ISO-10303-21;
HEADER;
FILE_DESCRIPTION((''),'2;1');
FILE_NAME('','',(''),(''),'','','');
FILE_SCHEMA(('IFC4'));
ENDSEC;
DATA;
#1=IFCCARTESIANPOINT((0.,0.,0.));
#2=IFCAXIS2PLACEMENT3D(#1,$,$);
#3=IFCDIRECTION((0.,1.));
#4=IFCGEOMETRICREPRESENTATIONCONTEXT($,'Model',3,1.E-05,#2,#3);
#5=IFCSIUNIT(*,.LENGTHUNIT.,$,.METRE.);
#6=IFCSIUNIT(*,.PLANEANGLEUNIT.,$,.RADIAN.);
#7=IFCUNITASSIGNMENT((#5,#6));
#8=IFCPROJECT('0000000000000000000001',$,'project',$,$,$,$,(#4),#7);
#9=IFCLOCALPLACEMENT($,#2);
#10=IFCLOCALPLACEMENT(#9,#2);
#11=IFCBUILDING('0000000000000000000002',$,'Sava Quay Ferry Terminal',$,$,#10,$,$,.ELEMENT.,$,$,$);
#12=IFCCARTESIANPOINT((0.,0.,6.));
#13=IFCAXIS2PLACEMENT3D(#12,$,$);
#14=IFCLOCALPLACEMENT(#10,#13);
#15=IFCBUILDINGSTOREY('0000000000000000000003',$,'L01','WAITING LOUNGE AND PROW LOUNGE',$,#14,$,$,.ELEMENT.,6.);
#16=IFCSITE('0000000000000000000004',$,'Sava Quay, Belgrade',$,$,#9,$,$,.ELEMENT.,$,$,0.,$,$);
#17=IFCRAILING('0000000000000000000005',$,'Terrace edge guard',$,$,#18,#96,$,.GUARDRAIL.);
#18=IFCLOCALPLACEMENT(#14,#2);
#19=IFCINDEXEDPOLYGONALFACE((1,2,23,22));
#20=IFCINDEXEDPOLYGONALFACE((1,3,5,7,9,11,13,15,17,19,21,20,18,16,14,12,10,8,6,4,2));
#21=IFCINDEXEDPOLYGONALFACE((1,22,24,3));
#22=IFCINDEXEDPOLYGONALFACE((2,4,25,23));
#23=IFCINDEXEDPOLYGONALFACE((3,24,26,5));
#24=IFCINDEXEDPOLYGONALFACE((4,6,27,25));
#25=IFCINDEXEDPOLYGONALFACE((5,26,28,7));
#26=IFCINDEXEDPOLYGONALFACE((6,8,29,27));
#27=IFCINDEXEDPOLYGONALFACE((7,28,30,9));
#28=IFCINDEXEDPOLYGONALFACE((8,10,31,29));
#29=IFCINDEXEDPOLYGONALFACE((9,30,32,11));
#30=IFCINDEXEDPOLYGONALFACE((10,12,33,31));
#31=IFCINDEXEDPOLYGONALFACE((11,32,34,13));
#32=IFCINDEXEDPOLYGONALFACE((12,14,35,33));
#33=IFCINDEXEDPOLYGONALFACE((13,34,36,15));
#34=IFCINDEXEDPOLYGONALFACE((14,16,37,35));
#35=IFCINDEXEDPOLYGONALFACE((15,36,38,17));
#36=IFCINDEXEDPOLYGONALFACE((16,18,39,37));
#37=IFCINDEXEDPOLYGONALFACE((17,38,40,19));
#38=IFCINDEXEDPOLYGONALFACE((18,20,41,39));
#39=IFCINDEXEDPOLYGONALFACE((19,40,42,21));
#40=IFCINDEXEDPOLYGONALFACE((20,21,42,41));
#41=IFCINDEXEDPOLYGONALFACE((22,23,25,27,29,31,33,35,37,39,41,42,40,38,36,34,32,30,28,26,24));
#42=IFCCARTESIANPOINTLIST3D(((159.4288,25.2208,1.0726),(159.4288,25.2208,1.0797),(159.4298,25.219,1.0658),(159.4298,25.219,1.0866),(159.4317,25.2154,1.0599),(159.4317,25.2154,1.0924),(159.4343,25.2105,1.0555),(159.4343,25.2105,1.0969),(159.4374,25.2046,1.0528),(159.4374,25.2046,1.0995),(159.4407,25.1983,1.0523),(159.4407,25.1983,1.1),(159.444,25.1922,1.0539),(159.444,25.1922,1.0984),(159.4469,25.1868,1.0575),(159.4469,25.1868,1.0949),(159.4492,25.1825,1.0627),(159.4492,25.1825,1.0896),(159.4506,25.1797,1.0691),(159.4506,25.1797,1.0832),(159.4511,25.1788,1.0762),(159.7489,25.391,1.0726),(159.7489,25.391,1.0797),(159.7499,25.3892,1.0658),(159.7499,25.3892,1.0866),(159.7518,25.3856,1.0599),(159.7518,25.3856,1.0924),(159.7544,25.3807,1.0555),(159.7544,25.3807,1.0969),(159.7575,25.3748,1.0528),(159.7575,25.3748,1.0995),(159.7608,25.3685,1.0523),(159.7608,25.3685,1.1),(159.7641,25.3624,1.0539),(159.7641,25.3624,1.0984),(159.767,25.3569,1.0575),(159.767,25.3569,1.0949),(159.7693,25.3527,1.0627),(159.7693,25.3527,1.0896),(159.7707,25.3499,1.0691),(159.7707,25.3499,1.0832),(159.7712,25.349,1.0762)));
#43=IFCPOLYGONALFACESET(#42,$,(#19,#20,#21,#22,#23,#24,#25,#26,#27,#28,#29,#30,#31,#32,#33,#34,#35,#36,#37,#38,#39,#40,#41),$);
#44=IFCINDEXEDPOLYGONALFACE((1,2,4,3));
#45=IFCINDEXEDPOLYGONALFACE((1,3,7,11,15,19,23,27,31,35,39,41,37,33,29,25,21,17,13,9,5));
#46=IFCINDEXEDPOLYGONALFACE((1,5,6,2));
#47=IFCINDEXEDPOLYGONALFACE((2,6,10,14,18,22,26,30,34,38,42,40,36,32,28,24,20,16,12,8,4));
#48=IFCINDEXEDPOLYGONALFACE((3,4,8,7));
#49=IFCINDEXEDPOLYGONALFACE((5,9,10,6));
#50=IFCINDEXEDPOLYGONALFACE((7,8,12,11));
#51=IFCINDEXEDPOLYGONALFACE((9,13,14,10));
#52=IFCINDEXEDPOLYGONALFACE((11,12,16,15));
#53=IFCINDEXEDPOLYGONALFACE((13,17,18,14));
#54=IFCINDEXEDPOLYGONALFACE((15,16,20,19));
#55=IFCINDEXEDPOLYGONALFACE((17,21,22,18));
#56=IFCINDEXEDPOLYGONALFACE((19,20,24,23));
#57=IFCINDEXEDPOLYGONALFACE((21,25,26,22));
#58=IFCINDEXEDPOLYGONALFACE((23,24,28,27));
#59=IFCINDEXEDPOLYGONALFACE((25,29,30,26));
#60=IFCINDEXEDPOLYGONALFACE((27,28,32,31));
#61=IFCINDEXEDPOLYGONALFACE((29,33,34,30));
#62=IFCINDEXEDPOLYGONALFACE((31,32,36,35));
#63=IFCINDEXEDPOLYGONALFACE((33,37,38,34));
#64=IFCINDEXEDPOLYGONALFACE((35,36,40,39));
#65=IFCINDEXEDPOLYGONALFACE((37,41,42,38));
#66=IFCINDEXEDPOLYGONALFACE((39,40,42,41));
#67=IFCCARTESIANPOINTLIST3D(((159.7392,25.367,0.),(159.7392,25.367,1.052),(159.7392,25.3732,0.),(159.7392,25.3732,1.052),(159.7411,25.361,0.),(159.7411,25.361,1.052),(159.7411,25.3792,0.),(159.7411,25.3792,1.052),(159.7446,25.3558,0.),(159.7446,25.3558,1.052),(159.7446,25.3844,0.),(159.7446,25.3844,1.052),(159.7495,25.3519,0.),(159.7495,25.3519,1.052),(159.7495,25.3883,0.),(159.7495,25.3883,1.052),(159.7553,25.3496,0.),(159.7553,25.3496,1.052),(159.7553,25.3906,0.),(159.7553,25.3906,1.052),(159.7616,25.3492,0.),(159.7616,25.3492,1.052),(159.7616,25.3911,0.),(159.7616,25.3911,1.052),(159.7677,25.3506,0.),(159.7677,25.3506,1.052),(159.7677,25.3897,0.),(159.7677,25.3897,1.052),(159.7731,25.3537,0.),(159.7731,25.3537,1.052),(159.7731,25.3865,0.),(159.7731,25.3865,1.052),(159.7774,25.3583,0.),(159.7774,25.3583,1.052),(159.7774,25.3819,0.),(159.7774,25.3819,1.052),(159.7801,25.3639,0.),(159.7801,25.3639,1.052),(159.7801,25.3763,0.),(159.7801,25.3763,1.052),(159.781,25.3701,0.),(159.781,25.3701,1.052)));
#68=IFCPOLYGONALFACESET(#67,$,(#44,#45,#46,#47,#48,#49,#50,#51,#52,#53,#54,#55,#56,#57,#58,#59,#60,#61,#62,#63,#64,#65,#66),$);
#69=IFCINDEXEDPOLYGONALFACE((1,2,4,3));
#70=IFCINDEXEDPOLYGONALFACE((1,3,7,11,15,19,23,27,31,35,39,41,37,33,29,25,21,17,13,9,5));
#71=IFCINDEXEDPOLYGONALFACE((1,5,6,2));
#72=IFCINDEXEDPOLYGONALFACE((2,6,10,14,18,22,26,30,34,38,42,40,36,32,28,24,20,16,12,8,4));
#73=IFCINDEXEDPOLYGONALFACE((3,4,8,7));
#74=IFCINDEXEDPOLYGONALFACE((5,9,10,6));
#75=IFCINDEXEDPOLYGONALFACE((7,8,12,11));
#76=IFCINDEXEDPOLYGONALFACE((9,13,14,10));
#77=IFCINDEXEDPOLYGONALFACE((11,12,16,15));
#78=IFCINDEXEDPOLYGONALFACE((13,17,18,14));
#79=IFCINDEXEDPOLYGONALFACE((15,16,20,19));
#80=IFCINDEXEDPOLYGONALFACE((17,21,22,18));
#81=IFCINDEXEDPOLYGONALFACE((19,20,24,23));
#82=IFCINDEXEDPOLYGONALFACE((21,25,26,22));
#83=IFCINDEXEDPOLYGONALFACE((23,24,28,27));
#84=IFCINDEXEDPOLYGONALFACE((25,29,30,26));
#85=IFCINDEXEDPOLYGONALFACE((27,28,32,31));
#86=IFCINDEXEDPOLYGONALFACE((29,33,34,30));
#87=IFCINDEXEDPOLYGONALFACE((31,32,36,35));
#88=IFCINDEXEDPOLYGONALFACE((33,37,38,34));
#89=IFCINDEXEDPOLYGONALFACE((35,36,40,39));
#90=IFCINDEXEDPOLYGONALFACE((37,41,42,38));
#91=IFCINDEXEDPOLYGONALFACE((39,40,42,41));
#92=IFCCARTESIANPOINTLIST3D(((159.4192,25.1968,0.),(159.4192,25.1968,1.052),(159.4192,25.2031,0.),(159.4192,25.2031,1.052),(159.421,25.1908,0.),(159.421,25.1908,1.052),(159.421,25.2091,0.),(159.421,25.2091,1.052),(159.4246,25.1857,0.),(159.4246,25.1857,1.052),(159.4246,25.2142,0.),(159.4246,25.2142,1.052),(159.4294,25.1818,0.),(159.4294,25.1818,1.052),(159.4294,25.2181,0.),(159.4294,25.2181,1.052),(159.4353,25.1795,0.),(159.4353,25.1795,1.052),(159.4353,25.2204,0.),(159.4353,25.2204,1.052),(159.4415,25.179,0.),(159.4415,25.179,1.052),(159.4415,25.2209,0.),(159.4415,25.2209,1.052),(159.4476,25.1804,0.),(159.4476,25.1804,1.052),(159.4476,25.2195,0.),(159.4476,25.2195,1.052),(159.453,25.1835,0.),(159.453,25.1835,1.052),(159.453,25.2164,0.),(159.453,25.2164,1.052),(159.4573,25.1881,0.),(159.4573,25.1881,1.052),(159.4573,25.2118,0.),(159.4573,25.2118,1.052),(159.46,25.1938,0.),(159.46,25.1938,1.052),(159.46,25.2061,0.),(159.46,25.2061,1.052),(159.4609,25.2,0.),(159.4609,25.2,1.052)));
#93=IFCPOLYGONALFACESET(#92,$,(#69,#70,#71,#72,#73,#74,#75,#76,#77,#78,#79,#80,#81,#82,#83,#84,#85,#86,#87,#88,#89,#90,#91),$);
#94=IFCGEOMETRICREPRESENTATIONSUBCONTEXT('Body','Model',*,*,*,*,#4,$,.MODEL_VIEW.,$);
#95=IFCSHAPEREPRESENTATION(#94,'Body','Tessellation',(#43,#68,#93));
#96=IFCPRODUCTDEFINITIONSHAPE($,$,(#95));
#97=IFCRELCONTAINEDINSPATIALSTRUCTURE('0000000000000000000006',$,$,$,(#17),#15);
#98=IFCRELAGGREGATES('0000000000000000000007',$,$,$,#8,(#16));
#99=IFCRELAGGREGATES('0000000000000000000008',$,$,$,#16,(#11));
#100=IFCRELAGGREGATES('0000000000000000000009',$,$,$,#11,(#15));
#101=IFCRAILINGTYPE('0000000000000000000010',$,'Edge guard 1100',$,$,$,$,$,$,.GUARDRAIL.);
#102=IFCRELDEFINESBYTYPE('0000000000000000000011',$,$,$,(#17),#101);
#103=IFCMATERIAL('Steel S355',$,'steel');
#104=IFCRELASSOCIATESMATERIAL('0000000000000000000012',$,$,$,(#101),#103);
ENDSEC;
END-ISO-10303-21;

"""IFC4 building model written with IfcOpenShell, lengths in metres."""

from ifc_helpers import new_model, si_unit, direction, frame, origin, origin_2d, place, context, subcontext, project, spatial, circle, extrude, material, type_object, element, save


model = new_model("IFC4")

# Units and contexts
model_context = context("Model", 3, precision=1e-05, world=origin(), true_north=direction((0.0, 1.0)))
body_context = subcontext(model_context, "Body", "Model", "MODEL_VIEW")
ifc_project = project(units=[si_unit("LENGTHUNIT", "METRE"), si_unit("PLANEANGLEUNIT", "RADIAN")], contexts=[model_context])

# Site, building, storey
site_placement = place(None, origin())
site = spatial("IfcSite", under=ifc_project, at=site_placement, Name="Sava Quay, Belgrade", CompositionType="ELEMENT", RefElevation=0.0)
building_placement = place(site_placement, origin())
building = spatial("IfcBuilding", under=site, at=building_placement, Name="Sava Quay Ferry Terminal", CompositionType="ELEMENT")
storey_placement = place(building_placement, frame((0.0, 0.0, 6.0)))
storey = spatial("IfcBuildingStorey", under=building, at=storey_placement, Name="L01", Description="WAITING LOUNGE AND PROW LOUNGE", CompositionType="ELEMENT", Elevation=6.0)

# Railing
ifc_material_1 = material(Name="Steel S355", Category="steel")
railing_type = type_object("IfcRailingType", Name="Edge guard 1100", PredefinedType="GUARDRAIL", material=ifc_material_1)
railing_1_placement = place(storey_placement, frame((159.76, 25.3701, 0.0)))
element("IfcRailing", 1, at=railing_1_placement, inside=storey, type_object=railing_type, Name="Terrace edge guard", PredefinedType="GUARDRAIL", context=body_context, shape_type="SweptSolid", body=[
    extrude(circle(Radius=0.0239, at=origin_2d()), frame((0.0, 0.0, 1.0762), z_axis=(-0.882967, -0.469434, 0.0), x_axis=(0.469434, -0.882967, 0.0)), (0.0, 0.0, 1.0), 0.3625),
    extrude(circle(Radius=0.021, at=origin_2d()), origin(), (0.0, 0.0, 1.0), 1.052),
    extrude(circle(Radius=0.021, at=origin_2d()), frame((-0.3201, -0.1702, 0.0)), (0.0, 0.0, 1.0), 1.052),
])

save(model, "model.ifc")
